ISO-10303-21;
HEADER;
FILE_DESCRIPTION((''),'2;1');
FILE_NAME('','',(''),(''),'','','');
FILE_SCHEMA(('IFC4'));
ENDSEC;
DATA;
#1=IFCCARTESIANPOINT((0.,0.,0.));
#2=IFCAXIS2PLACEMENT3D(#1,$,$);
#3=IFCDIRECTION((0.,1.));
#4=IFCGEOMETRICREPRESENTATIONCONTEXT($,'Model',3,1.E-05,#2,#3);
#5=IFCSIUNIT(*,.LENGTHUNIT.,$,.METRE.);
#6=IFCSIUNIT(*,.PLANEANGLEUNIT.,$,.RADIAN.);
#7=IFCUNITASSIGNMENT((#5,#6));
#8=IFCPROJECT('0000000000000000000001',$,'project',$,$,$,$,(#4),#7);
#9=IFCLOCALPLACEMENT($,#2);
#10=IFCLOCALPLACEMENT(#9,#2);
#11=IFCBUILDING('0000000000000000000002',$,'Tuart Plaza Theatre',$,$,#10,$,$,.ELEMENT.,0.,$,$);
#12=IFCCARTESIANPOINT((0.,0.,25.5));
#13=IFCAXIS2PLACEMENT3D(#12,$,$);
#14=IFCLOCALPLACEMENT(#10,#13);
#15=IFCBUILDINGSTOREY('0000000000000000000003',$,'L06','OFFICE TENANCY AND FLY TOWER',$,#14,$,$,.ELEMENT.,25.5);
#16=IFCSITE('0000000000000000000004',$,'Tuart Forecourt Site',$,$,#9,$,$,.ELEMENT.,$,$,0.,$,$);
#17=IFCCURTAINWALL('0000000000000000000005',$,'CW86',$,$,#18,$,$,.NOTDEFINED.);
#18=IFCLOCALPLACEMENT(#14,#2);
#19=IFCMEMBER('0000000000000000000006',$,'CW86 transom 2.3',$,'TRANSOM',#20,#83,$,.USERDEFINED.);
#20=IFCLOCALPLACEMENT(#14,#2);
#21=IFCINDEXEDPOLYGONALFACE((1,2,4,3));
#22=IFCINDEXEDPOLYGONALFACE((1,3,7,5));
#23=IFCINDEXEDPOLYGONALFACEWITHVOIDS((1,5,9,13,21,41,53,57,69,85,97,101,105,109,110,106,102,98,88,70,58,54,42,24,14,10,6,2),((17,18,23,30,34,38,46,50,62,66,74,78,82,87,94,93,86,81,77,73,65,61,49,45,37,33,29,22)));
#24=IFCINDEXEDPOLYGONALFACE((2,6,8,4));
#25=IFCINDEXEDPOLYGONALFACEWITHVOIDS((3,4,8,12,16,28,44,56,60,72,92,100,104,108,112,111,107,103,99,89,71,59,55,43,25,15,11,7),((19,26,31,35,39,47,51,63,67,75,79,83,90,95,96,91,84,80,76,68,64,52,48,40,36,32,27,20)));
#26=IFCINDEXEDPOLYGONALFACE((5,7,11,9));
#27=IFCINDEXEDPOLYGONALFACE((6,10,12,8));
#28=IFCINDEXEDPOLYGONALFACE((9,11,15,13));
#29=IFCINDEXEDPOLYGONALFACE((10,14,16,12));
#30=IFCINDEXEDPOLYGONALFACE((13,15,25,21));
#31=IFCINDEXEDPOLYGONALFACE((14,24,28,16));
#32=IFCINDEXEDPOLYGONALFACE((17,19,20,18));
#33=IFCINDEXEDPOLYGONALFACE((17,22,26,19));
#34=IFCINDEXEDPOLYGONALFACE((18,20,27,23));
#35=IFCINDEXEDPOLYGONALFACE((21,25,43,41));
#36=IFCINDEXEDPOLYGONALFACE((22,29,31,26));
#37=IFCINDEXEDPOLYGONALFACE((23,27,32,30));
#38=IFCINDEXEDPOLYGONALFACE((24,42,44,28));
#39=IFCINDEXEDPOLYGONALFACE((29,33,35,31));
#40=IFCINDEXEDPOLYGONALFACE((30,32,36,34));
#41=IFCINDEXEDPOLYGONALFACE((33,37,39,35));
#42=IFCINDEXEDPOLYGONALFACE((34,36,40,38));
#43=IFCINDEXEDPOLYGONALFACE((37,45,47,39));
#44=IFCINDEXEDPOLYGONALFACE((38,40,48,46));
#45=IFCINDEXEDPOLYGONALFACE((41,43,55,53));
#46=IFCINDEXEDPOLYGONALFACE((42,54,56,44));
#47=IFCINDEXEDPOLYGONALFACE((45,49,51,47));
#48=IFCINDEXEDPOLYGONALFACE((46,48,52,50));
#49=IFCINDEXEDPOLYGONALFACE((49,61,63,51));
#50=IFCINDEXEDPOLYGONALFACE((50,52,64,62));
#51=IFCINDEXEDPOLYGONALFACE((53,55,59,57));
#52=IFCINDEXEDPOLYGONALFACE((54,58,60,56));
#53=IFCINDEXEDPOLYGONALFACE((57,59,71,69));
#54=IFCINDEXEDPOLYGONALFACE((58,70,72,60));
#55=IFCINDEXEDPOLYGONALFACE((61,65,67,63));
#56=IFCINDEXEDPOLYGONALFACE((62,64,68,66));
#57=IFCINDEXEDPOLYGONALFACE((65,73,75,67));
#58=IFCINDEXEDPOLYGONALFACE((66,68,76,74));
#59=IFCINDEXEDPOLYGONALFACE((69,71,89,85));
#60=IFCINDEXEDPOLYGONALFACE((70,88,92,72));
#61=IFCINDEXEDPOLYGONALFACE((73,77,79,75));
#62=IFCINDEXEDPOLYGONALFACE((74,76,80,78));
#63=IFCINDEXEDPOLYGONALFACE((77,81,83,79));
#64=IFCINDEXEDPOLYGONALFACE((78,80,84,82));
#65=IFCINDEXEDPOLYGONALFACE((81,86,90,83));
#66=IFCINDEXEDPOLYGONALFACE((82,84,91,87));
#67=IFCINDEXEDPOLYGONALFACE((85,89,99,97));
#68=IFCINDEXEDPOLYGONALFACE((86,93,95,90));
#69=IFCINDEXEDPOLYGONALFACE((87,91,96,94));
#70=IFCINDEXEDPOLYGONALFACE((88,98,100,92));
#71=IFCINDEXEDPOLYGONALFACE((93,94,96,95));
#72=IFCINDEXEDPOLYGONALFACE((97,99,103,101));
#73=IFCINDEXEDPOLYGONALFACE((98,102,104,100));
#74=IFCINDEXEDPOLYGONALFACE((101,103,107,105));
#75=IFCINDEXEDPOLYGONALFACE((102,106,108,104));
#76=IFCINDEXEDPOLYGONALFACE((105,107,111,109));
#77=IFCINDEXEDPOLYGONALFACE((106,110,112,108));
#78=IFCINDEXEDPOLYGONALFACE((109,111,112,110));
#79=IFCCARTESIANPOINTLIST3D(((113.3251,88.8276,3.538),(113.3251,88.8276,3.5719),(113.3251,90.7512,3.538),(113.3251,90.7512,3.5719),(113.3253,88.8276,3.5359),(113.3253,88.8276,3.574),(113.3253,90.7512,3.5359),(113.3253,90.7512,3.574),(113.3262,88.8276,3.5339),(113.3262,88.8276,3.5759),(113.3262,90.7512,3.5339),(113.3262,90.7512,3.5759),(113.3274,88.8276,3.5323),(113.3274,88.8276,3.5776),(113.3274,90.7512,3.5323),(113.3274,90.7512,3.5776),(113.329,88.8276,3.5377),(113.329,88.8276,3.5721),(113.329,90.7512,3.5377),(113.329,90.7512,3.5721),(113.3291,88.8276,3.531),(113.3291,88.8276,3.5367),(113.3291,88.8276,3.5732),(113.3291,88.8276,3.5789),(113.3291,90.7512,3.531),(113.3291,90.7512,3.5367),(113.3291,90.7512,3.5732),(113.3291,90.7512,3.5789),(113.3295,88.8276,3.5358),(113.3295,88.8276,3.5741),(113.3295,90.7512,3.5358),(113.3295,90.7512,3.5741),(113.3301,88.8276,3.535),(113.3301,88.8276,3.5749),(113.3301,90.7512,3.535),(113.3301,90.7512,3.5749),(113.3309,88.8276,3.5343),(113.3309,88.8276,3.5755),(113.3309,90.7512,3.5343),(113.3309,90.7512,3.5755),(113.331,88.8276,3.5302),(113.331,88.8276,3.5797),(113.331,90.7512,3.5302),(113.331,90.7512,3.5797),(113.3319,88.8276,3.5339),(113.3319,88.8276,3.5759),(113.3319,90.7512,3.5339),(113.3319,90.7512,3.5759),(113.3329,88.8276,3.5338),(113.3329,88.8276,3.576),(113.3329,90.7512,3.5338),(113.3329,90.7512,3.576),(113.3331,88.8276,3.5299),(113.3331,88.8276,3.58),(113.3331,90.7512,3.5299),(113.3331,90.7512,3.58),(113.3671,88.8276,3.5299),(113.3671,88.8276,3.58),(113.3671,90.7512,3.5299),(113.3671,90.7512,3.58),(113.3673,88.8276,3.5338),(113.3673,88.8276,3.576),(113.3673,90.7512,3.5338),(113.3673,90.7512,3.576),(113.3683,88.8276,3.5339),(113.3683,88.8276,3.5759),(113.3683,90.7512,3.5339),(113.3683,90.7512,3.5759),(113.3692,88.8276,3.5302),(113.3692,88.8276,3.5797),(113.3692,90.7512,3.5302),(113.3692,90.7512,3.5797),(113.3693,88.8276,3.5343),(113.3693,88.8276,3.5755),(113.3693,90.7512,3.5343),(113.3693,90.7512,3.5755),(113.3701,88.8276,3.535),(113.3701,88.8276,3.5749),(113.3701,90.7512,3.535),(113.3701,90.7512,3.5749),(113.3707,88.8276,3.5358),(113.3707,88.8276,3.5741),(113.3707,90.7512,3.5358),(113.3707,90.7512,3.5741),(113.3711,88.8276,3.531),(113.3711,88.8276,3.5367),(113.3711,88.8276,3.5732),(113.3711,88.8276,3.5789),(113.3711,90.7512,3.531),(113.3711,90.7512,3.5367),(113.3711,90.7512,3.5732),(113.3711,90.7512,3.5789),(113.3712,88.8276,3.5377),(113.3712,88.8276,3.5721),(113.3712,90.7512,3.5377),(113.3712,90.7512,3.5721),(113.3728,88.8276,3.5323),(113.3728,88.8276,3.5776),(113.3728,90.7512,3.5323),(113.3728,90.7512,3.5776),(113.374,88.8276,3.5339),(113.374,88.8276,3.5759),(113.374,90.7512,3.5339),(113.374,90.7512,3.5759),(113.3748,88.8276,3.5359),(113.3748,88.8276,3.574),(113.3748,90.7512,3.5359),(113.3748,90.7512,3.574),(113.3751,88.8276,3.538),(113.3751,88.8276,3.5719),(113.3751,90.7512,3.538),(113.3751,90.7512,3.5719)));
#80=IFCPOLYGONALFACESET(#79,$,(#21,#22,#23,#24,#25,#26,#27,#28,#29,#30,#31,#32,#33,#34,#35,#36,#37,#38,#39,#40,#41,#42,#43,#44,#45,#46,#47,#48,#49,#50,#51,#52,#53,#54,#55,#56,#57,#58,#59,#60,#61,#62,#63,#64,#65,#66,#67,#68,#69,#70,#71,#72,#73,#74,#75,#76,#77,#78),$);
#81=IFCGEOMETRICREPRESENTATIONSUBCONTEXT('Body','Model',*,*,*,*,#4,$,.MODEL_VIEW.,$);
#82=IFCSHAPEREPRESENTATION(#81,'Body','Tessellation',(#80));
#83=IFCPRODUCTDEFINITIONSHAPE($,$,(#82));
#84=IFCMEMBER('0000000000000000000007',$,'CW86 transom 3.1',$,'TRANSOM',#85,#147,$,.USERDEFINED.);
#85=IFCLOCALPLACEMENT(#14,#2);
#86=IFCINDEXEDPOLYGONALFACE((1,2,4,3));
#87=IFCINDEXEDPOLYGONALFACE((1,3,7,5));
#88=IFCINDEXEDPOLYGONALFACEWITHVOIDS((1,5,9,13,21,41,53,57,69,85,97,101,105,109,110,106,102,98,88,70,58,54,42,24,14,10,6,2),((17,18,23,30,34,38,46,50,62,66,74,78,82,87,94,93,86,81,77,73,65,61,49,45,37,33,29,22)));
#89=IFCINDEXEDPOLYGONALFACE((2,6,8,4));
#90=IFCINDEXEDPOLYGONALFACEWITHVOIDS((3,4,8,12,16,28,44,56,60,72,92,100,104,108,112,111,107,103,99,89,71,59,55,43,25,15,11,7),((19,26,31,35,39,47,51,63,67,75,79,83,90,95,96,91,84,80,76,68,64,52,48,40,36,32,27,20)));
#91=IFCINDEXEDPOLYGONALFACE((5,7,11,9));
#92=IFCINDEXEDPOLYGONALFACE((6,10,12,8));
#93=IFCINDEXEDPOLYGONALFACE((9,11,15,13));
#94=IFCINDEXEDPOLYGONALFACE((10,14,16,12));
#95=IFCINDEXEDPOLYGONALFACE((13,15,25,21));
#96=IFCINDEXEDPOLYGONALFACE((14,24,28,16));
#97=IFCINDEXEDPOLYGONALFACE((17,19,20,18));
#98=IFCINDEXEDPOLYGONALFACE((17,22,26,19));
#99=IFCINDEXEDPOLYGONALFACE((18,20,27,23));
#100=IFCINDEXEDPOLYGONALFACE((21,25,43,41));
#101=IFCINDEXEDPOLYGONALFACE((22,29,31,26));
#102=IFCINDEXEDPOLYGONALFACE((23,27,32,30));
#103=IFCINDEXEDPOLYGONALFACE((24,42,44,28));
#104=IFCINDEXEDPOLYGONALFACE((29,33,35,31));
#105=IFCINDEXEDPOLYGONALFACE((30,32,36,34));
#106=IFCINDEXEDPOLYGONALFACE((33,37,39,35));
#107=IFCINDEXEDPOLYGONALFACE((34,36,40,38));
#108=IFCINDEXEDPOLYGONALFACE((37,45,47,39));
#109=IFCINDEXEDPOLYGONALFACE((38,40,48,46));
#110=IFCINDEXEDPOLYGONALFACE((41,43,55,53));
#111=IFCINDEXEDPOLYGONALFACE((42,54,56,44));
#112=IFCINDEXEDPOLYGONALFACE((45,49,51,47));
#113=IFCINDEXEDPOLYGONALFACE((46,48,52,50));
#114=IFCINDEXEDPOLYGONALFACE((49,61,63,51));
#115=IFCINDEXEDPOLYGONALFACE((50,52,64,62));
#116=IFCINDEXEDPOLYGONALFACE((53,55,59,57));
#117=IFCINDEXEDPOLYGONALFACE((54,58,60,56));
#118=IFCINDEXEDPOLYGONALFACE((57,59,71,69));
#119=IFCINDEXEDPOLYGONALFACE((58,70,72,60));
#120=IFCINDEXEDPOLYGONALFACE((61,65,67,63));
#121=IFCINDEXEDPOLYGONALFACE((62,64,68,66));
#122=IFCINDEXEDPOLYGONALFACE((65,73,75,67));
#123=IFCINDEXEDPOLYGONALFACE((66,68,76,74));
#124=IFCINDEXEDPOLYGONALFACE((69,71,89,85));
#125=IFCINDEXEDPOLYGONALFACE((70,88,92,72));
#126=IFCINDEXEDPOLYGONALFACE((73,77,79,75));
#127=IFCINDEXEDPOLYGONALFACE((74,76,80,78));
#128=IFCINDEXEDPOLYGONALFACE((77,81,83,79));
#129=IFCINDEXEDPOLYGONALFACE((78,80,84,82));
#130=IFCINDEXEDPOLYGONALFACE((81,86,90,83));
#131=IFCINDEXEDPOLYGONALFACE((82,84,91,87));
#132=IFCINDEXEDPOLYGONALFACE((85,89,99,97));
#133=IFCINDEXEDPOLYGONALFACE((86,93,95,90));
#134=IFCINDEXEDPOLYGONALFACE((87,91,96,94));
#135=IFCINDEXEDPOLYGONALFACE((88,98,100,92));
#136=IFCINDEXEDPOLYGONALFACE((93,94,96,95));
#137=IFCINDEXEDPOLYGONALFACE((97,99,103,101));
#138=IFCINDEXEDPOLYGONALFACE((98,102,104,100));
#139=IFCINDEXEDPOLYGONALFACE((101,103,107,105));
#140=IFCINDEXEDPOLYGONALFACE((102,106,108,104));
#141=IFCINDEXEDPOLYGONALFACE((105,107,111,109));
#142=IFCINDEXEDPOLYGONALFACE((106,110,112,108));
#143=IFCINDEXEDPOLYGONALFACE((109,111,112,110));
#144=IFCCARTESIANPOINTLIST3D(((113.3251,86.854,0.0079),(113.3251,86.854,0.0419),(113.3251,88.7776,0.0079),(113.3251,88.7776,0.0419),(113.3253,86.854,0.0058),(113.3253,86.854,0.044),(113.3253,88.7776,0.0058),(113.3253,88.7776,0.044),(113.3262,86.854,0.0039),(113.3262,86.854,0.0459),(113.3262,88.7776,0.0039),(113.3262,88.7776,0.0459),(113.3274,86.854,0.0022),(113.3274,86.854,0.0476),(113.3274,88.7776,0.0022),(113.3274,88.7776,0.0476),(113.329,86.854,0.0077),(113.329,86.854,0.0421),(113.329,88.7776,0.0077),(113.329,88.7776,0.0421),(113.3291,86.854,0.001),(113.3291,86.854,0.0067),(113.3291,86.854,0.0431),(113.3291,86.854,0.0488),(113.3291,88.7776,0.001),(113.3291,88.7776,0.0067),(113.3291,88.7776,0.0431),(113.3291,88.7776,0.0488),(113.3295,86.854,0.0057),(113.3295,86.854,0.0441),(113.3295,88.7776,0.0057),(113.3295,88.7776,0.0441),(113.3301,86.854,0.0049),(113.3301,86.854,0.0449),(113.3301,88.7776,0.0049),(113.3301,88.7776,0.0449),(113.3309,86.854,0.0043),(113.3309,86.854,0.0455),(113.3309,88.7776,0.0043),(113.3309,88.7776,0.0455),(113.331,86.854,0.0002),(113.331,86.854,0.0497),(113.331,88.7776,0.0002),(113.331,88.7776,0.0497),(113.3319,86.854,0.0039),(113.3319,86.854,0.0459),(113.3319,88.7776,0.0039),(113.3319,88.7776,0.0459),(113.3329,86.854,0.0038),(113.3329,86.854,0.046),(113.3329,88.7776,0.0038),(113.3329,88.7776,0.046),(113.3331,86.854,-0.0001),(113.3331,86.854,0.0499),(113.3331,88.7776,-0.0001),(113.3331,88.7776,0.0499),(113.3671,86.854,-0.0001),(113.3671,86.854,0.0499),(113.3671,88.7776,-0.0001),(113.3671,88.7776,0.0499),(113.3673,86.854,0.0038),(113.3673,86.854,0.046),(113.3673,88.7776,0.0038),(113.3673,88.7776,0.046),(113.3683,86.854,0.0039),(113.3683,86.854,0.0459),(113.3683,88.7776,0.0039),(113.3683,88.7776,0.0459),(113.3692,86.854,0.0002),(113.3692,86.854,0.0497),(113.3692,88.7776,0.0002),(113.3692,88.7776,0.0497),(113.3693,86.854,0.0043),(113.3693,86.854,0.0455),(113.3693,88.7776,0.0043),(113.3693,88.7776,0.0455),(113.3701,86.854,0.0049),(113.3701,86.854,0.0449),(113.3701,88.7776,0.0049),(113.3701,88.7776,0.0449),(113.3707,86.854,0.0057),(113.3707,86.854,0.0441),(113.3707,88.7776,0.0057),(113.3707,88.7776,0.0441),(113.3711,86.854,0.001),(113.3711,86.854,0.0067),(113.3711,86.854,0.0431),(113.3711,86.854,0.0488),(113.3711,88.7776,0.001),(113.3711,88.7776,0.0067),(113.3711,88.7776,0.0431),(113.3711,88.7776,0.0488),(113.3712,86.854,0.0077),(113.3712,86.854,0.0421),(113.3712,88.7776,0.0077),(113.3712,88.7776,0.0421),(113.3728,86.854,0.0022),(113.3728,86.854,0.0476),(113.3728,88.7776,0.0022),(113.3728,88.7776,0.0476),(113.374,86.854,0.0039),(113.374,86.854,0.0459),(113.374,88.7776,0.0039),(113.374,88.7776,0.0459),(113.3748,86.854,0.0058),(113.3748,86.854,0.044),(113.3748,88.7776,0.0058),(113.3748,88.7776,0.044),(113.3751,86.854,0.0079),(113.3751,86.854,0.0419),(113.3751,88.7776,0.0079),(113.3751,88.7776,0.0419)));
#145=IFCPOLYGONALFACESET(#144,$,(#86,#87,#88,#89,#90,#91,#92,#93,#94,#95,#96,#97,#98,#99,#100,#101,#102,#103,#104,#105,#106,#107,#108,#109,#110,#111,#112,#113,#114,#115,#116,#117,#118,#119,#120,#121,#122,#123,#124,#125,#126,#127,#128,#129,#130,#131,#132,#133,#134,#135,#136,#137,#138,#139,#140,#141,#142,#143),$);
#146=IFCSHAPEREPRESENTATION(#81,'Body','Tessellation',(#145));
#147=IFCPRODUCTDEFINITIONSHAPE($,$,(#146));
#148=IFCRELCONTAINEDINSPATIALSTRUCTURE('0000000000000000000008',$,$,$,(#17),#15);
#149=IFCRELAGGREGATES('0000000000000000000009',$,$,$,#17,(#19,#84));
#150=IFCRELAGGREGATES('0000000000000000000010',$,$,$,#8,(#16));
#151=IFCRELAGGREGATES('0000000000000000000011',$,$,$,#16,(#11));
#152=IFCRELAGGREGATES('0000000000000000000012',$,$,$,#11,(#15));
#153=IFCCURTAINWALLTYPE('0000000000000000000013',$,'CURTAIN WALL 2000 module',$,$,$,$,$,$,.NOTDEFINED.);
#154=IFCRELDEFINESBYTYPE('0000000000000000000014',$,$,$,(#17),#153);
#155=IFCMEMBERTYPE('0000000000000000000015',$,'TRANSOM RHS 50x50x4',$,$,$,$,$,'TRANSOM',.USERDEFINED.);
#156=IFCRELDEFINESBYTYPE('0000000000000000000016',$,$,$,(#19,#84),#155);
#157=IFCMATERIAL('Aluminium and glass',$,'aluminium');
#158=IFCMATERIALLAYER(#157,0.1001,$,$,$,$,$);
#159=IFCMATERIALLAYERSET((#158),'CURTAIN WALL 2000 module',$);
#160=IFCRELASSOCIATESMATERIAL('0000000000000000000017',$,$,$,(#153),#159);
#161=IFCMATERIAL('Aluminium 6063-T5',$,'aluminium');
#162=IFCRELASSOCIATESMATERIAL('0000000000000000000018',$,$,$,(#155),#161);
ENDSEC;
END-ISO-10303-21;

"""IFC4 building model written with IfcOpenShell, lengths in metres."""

from ifc_helpers import new_model, si_unit, direction, frame, origin, origin_2d, place, context, subcontext, project, spatial, hollow_rectangle, extrude, material, layer, layer_set, material_profile, profile_set, type_object, element, aggregate, save


model = new_model("IFC4")

# Units and contexts
model_context = context("Model", 3, precision=1e-05, world=origin(), true_north=direction((0.0, 1.0)))
body_context = subcontext(model_context, "Body", "Model", "MODEL_VIEW")
ifc_project = project(units=[si_unit("LENGTHUNIT", "METRE"), si_unit("PLANEANGLEUNIT", "RADIAN")], contexts=[model_context])

# Site, building, storey
site_placement = place(None, origin())
site = spatial("IfcSite", under=ifc_project, at=site_placement, Name="Tuart Forecourt Site", CompositionType="ELEMENT", RefElevation=0.0)
building_placement = place(site_placement, origin())
building = spatial("IfcBuilding", under=site, at=building_placement, Name="Tuart Plaza Theatre", CompositionType="ELEMENT", ElevationOfRefHeight=0.0)
storey_placement = place(building_placement, frame((0.0, 0.0, 25.5)))
storey = spatial("IfcBuildingStorey", under=building, at=storey_placement, Name="L06", Description="OFFICE TENANCY AND FLY TOWER", CompositionType="ELEMENT", Elevation=25.5)

# Curtain wall, members
ifc_material_1 = material(Name="Aluminium and glass", Category="aluminium")
ifc_layer_1 = layer(ifc_material_1, 0.1001)
ifc_layer_set_1 = layer_set([ifc_layer_1], Name="CURTAIN WALL 2000 module")
curtain_wall_type = type_object("IfcCurtainWallType", Name="CURTAIN WALL 2000 module", PredefinedType="NOTDEFINED", material=ifc_layer_set_1)
ifc_material_2 = material(Name="Aluminium 6063-T5", Category="aluminium")
ifc_material_profile_1 = material_profile(ifc_material_2, hollow_rectangle(XDim=0.05, YDim=0.05, WallThickness=0.0039, InnerFilletRadius=0.0039, OuterFilletRadius=0.0081, at=origin_2d()), Name="RHS 50x50x4")
ifc_profile_set_1 = profile_set([ifc_material_profile_1], Name="Aluminium 6063-T5")
member_type_1 = type_object("IfcMemberType", Name="TRANSOM RHS 50x50x4", ElementType="TRANSOM", PredefinedType="USERDEFINED", material=ifc_profile_set_1)
curtain_wall_1_placement = place(storey_placement, origin())
curtain_wall_1 = element("IfcCurtainWall", 1, at=curtain_wall_1_placement, inside=storey, type_object=curtain_wall_type, Name="CW86", PredefinedType="NOTDEFINED")
member_1_placement = place(storey_placement, frame((113.3501, 90.7512, 3.5549), z_axis=(0.0, -1.0, 0.0), x_axis=(1.0, 0.0, 0.0)))
member_1 = element("IfcMember", 2, at=member_1_placement, type_object=member_type_1, Name="CW86 transom 2.3", ObjectType="TRANSOM", PredefinedType="USERDEFINED", context=body_context, shape_type="SweptSolid", body=[
    extrude(hollow_rectangle(XDim=0.05, YDim=0.05, WallThickness=0.0039, InnerFilletRadius=0.0039, OuterFilletRadius=0.0081, at=origin_2d()), origin(), (0.0, 0.0, 1.0), 1.9236),
])
member_2_placement = place(storey_placement, frame((113.3501, 88.7776, 0.0249), z_axis=(0.0, -1.0, 0.0), x_axis=(1.0, 0.0, 0.0)))
member_2 = element("IfcMember", 3, at=member_2_placement, type_object=member_type_1, Name="CW86 transom 3.1", ObjectType="TRANSOM", PredefinedType="USERDEFINED", context=body_context, shape_type="SweptSolid", body=[
    extrude(hollow_rectangle(XDim=0.05, YDim=0.05, WallThickness=0.0039, InnerFilletRadius=0.0039, OuterFilletRadius=0.0081, at=origin_2d()), origin(), (0.0, 0.0, 1.0), 1.9236),
])

aggregate(curtain_wall_1, [member_1, member_2])

save(model, "model.ifc")
